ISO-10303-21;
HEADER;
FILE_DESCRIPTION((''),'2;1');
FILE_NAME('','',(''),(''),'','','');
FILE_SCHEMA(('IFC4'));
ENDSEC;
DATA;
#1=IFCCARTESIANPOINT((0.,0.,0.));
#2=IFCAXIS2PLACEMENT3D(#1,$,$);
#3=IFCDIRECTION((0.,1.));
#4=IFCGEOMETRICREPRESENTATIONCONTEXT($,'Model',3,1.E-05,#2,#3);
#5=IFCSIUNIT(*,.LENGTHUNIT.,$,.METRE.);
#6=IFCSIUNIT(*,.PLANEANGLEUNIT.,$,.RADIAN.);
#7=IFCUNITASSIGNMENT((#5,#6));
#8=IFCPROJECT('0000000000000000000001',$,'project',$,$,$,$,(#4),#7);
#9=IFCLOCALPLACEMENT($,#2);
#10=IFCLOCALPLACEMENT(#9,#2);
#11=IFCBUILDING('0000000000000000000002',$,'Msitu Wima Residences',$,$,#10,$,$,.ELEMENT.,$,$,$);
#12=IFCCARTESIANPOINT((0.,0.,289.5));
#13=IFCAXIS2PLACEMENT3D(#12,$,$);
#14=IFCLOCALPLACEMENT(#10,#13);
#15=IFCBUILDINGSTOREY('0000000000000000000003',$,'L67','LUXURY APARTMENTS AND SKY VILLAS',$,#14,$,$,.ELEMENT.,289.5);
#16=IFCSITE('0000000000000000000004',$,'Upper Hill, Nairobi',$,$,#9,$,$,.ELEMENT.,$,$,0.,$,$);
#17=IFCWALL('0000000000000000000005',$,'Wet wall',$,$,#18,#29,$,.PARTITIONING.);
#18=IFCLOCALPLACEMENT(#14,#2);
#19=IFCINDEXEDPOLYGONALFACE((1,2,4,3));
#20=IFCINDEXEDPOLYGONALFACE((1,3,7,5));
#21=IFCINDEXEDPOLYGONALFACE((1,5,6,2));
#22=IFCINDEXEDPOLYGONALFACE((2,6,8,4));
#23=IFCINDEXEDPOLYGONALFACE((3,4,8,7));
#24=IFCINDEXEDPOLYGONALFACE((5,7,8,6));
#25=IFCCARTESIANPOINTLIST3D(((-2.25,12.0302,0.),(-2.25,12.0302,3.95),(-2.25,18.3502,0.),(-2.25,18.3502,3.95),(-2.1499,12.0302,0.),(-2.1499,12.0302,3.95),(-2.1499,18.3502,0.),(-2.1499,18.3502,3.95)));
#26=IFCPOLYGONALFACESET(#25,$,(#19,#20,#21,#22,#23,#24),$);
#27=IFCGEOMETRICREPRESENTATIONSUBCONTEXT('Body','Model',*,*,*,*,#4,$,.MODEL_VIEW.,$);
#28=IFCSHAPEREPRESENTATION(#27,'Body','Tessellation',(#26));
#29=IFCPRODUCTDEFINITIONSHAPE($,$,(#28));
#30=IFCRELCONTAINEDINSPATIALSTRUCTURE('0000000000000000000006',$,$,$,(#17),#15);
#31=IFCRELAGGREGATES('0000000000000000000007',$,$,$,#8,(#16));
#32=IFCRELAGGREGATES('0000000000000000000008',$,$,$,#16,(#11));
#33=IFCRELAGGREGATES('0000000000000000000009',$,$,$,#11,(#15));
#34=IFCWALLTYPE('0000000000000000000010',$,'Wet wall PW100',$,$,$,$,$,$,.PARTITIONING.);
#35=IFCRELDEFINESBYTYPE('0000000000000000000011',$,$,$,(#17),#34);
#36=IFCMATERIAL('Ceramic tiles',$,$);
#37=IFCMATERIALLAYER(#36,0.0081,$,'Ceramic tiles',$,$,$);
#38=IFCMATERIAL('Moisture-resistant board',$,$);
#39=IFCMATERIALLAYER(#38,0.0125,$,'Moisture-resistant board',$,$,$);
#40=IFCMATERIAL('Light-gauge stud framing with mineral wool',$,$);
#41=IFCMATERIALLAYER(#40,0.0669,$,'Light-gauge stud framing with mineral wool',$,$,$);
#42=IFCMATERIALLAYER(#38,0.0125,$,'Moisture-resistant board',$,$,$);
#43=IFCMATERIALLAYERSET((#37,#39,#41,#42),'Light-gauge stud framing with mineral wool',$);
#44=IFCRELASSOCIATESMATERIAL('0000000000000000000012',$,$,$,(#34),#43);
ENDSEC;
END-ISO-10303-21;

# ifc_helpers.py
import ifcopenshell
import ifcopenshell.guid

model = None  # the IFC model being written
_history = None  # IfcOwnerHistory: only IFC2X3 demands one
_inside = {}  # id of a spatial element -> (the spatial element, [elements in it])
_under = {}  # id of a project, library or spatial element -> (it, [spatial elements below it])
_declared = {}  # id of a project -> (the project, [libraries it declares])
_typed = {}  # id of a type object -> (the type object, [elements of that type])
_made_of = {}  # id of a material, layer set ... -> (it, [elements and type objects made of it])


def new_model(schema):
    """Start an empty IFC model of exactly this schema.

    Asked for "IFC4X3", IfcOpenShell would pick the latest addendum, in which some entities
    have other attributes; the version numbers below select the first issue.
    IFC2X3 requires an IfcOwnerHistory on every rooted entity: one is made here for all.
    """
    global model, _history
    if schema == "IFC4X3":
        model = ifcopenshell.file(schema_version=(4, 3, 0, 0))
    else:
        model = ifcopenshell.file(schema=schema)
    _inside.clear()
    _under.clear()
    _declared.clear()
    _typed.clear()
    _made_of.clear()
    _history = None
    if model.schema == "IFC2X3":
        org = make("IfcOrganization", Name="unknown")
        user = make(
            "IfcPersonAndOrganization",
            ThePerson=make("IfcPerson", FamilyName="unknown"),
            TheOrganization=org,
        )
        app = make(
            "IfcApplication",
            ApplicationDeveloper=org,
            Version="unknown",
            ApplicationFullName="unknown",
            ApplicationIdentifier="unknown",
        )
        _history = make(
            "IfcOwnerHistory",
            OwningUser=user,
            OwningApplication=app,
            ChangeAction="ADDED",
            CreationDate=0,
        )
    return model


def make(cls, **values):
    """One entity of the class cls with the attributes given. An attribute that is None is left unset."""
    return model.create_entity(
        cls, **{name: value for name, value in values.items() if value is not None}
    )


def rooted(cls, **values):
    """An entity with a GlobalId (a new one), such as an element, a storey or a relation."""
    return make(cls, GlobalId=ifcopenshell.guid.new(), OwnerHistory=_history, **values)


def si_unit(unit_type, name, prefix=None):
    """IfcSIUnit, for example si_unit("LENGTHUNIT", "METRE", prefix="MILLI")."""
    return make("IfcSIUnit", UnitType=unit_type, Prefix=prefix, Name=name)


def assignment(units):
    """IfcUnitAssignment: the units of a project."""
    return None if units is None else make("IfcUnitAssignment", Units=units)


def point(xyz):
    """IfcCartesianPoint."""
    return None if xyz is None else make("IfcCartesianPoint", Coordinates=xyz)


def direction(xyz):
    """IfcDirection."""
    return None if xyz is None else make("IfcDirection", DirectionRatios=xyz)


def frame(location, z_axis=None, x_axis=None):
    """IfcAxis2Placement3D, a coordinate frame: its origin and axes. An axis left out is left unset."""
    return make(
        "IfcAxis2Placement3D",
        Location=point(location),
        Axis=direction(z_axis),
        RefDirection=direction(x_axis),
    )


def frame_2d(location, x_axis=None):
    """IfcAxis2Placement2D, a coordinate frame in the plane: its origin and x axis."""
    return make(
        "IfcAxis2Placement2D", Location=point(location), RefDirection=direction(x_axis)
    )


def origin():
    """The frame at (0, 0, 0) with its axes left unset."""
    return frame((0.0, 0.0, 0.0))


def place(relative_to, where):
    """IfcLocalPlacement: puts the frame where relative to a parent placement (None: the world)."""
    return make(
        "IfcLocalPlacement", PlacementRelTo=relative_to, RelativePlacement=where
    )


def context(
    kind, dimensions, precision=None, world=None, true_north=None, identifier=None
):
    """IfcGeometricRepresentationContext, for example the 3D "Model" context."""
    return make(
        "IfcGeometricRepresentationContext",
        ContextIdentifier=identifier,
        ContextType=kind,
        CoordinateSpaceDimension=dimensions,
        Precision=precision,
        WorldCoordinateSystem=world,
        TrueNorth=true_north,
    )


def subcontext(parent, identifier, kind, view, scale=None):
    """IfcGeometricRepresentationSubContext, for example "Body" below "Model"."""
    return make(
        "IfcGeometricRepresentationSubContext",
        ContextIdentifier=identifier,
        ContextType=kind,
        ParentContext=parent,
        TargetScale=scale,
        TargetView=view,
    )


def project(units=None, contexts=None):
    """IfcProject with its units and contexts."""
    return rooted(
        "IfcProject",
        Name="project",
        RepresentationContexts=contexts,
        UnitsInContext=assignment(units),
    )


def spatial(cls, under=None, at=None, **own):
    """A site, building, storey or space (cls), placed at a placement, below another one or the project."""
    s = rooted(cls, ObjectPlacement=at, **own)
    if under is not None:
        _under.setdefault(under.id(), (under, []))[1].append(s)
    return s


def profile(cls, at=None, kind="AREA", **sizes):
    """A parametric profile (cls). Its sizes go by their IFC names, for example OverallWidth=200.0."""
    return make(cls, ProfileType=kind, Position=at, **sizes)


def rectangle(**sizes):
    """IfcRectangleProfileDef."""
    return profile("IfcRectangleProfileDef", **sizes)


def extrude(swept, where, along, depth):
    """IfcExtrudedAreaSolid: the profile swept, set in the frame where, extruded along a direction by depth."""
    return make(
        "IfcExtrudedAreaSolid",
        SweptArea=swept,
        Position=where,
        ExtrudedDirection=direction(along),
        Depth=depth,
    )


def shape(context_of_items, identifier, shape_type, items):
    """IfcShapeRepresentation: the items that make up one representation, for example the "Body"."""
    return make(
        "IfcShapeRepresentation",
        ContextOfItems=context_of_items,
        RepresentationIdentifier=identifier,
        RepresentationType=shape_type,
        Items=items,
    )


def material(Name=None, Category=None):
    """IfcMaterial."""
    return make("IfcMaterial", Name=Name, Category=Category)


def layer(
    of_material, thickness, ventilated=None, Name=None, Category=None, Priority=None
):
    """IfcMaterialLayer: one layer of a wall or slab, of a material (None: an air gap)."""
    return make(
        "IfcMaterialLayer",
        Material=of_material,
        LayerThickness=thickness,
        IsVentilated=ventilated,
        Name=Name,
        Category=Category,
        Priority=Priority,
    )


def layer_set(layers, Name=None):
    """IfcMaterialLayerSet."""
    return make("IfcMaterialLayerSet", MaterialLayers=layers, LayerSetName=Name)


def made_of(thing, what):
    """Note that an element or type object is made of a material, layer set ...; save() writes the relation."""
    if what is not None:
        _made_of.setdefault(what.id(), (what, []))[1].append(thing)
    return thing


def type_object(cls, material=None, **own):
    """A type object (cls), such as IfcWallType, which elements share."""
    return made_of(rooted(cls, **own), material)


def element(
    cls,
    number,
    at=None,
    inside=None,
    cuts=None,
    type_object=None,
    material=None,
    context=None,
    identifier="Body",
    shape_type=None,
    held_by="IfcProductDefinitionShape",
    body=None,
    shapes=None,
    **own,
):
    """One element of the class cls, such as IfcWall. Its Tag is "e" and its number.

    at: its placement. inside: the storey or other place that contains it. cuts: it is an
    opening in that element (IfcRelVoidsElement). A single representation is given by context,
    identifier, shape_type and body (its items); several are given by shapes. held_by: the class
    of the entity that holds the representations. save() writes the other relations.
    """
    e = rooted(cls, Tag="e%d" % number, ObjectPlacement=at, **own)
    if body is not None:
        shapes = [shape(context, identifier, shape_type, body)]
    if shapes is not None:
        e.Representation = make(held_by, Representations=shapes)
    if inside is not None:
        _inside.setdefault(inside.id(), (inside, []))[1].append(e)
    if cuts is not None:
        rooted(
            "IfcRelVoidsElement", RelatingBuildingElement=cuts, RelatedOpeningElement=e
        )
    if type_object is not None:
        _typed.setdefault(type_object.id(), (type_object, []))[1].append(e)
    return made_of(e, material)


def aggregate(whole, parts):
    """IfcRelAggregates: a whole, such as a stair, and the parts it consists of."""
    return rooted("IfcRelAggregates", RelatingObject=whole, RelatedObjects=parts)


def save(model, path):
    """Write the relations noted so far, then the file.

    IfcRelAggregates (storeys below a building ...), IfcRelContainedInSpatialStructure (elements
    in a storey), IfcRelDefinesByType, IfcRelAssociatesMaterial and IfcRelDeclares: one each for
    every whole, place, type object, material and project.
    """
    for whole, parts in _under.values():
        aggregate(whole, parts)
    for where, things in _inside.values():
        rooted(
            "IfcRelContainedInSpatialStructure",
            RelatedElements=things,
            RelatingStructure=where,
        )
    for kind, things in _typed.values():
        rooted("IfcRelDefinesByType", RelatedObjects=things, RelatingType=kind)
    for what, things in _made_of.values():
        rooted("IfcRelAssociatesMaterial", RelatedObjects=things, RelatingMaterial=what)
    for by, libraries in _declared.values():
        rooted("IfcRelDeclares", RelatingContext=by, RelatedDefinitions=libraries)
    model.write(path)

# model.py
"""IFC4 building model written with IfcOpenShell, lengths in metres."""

from ifc_helpers import new_model, si_unit, direction, frame, frame_2d, origin, place, context, subcontext, project, spatial, rectangle, extrude, material, layer, layer_set, type_object, element, save


model = new_model("IFC4")

# Units and contexts
model_context = context("Model", 3, precision=1e-05, world=origin(), true_north=direction((0.0, 1.0)))
body_context = subcontext(model_context, "Body", "Model", "MODEL_VIEW")
ifc_project = project(units=[si_unit("LENGTHUNIT", "METRE"), si_unit("PLANEANGLEUNIT", "RADIAN")], contexts=[model_context])

# Site, building, storey
site_placement = place(None, origin())
site = spatial("IfcSite", under=ifc_project, at=site_placement, Name="Upper Hill, Nairobi", CompositionType="ELEMENT", RefElevation=0.0)
building_placement = place(site_placement, origin())
building = spatial("IfcBuilding", under=site, at=building_placement, Name="Msitu Wima Residences", CompositionType="ELEMENT")
storey_placement = place(building_placement, frame((0.0, 0.0, 289.5)))
storey = spatial("IfcBuildingStorey", under=building, at=storey_placement, Name="L67", Description="LUXURY APARTMENTS AND SKY VILLAS", CompositionType="ELEMENT", Elevation=289.5)

# Shared definitions
ifc_material_1 = material(Name="Ceramic tiles")
ifc_layer_1 = layer(ifc_material_1, 0.0081, Name="Ceramic tiles")
ifc_material_2 = material(Name="Moisture-resistant board")
ifc_layer_2 = layer(ifc_material_2, 0.0125, Name="Moisture-resistant board")
ifc_material_3 = material(Name="Light-gauge stud framing with mineral wool")
ifc_layer_3 = layer(ifc_material_3, 0.0669, Name="Light-gauge stud framing with mineral wool")
ifc_layer_4 = layer(ifc_material_2, 0.0125, Name="Moisture-resistant board")
ifc_layer_set_1 = layer_set([ifc_layer_1, ifc_layer_2, ifc_layer_3, ifc_layer_4], Name="Light-gauge stud framing with mineral wool")
wall_type_1 = type_object("IfcWallType", Name="Wet wall PW100", PredefinedType="PARTITIONING", material=ifc_layer_set_1)

# Wall
wall_1_placement = place(storey_placement, frame((-2.2, 12.03, 0.0), z_axis=(0.0, 0.0, 1.0), x_axis=(0.0, 1.0, 0.0)))
element("IfcWall", 1, at=wall_1_placement, inside=storey, type_object=wall_type_1, Name="Wet wall", PredefinedType="PARTITIONING", context=body_context, shape_type="SweptSolid", body=[
    extrude(rectangle(XDim=6.3201, YDim=0.1001, at=frame_2d((3.1602, 0.0))), origin(), (0.0, 0.0, 1.0), 3.95),
])

save(model, "model.ifc")
